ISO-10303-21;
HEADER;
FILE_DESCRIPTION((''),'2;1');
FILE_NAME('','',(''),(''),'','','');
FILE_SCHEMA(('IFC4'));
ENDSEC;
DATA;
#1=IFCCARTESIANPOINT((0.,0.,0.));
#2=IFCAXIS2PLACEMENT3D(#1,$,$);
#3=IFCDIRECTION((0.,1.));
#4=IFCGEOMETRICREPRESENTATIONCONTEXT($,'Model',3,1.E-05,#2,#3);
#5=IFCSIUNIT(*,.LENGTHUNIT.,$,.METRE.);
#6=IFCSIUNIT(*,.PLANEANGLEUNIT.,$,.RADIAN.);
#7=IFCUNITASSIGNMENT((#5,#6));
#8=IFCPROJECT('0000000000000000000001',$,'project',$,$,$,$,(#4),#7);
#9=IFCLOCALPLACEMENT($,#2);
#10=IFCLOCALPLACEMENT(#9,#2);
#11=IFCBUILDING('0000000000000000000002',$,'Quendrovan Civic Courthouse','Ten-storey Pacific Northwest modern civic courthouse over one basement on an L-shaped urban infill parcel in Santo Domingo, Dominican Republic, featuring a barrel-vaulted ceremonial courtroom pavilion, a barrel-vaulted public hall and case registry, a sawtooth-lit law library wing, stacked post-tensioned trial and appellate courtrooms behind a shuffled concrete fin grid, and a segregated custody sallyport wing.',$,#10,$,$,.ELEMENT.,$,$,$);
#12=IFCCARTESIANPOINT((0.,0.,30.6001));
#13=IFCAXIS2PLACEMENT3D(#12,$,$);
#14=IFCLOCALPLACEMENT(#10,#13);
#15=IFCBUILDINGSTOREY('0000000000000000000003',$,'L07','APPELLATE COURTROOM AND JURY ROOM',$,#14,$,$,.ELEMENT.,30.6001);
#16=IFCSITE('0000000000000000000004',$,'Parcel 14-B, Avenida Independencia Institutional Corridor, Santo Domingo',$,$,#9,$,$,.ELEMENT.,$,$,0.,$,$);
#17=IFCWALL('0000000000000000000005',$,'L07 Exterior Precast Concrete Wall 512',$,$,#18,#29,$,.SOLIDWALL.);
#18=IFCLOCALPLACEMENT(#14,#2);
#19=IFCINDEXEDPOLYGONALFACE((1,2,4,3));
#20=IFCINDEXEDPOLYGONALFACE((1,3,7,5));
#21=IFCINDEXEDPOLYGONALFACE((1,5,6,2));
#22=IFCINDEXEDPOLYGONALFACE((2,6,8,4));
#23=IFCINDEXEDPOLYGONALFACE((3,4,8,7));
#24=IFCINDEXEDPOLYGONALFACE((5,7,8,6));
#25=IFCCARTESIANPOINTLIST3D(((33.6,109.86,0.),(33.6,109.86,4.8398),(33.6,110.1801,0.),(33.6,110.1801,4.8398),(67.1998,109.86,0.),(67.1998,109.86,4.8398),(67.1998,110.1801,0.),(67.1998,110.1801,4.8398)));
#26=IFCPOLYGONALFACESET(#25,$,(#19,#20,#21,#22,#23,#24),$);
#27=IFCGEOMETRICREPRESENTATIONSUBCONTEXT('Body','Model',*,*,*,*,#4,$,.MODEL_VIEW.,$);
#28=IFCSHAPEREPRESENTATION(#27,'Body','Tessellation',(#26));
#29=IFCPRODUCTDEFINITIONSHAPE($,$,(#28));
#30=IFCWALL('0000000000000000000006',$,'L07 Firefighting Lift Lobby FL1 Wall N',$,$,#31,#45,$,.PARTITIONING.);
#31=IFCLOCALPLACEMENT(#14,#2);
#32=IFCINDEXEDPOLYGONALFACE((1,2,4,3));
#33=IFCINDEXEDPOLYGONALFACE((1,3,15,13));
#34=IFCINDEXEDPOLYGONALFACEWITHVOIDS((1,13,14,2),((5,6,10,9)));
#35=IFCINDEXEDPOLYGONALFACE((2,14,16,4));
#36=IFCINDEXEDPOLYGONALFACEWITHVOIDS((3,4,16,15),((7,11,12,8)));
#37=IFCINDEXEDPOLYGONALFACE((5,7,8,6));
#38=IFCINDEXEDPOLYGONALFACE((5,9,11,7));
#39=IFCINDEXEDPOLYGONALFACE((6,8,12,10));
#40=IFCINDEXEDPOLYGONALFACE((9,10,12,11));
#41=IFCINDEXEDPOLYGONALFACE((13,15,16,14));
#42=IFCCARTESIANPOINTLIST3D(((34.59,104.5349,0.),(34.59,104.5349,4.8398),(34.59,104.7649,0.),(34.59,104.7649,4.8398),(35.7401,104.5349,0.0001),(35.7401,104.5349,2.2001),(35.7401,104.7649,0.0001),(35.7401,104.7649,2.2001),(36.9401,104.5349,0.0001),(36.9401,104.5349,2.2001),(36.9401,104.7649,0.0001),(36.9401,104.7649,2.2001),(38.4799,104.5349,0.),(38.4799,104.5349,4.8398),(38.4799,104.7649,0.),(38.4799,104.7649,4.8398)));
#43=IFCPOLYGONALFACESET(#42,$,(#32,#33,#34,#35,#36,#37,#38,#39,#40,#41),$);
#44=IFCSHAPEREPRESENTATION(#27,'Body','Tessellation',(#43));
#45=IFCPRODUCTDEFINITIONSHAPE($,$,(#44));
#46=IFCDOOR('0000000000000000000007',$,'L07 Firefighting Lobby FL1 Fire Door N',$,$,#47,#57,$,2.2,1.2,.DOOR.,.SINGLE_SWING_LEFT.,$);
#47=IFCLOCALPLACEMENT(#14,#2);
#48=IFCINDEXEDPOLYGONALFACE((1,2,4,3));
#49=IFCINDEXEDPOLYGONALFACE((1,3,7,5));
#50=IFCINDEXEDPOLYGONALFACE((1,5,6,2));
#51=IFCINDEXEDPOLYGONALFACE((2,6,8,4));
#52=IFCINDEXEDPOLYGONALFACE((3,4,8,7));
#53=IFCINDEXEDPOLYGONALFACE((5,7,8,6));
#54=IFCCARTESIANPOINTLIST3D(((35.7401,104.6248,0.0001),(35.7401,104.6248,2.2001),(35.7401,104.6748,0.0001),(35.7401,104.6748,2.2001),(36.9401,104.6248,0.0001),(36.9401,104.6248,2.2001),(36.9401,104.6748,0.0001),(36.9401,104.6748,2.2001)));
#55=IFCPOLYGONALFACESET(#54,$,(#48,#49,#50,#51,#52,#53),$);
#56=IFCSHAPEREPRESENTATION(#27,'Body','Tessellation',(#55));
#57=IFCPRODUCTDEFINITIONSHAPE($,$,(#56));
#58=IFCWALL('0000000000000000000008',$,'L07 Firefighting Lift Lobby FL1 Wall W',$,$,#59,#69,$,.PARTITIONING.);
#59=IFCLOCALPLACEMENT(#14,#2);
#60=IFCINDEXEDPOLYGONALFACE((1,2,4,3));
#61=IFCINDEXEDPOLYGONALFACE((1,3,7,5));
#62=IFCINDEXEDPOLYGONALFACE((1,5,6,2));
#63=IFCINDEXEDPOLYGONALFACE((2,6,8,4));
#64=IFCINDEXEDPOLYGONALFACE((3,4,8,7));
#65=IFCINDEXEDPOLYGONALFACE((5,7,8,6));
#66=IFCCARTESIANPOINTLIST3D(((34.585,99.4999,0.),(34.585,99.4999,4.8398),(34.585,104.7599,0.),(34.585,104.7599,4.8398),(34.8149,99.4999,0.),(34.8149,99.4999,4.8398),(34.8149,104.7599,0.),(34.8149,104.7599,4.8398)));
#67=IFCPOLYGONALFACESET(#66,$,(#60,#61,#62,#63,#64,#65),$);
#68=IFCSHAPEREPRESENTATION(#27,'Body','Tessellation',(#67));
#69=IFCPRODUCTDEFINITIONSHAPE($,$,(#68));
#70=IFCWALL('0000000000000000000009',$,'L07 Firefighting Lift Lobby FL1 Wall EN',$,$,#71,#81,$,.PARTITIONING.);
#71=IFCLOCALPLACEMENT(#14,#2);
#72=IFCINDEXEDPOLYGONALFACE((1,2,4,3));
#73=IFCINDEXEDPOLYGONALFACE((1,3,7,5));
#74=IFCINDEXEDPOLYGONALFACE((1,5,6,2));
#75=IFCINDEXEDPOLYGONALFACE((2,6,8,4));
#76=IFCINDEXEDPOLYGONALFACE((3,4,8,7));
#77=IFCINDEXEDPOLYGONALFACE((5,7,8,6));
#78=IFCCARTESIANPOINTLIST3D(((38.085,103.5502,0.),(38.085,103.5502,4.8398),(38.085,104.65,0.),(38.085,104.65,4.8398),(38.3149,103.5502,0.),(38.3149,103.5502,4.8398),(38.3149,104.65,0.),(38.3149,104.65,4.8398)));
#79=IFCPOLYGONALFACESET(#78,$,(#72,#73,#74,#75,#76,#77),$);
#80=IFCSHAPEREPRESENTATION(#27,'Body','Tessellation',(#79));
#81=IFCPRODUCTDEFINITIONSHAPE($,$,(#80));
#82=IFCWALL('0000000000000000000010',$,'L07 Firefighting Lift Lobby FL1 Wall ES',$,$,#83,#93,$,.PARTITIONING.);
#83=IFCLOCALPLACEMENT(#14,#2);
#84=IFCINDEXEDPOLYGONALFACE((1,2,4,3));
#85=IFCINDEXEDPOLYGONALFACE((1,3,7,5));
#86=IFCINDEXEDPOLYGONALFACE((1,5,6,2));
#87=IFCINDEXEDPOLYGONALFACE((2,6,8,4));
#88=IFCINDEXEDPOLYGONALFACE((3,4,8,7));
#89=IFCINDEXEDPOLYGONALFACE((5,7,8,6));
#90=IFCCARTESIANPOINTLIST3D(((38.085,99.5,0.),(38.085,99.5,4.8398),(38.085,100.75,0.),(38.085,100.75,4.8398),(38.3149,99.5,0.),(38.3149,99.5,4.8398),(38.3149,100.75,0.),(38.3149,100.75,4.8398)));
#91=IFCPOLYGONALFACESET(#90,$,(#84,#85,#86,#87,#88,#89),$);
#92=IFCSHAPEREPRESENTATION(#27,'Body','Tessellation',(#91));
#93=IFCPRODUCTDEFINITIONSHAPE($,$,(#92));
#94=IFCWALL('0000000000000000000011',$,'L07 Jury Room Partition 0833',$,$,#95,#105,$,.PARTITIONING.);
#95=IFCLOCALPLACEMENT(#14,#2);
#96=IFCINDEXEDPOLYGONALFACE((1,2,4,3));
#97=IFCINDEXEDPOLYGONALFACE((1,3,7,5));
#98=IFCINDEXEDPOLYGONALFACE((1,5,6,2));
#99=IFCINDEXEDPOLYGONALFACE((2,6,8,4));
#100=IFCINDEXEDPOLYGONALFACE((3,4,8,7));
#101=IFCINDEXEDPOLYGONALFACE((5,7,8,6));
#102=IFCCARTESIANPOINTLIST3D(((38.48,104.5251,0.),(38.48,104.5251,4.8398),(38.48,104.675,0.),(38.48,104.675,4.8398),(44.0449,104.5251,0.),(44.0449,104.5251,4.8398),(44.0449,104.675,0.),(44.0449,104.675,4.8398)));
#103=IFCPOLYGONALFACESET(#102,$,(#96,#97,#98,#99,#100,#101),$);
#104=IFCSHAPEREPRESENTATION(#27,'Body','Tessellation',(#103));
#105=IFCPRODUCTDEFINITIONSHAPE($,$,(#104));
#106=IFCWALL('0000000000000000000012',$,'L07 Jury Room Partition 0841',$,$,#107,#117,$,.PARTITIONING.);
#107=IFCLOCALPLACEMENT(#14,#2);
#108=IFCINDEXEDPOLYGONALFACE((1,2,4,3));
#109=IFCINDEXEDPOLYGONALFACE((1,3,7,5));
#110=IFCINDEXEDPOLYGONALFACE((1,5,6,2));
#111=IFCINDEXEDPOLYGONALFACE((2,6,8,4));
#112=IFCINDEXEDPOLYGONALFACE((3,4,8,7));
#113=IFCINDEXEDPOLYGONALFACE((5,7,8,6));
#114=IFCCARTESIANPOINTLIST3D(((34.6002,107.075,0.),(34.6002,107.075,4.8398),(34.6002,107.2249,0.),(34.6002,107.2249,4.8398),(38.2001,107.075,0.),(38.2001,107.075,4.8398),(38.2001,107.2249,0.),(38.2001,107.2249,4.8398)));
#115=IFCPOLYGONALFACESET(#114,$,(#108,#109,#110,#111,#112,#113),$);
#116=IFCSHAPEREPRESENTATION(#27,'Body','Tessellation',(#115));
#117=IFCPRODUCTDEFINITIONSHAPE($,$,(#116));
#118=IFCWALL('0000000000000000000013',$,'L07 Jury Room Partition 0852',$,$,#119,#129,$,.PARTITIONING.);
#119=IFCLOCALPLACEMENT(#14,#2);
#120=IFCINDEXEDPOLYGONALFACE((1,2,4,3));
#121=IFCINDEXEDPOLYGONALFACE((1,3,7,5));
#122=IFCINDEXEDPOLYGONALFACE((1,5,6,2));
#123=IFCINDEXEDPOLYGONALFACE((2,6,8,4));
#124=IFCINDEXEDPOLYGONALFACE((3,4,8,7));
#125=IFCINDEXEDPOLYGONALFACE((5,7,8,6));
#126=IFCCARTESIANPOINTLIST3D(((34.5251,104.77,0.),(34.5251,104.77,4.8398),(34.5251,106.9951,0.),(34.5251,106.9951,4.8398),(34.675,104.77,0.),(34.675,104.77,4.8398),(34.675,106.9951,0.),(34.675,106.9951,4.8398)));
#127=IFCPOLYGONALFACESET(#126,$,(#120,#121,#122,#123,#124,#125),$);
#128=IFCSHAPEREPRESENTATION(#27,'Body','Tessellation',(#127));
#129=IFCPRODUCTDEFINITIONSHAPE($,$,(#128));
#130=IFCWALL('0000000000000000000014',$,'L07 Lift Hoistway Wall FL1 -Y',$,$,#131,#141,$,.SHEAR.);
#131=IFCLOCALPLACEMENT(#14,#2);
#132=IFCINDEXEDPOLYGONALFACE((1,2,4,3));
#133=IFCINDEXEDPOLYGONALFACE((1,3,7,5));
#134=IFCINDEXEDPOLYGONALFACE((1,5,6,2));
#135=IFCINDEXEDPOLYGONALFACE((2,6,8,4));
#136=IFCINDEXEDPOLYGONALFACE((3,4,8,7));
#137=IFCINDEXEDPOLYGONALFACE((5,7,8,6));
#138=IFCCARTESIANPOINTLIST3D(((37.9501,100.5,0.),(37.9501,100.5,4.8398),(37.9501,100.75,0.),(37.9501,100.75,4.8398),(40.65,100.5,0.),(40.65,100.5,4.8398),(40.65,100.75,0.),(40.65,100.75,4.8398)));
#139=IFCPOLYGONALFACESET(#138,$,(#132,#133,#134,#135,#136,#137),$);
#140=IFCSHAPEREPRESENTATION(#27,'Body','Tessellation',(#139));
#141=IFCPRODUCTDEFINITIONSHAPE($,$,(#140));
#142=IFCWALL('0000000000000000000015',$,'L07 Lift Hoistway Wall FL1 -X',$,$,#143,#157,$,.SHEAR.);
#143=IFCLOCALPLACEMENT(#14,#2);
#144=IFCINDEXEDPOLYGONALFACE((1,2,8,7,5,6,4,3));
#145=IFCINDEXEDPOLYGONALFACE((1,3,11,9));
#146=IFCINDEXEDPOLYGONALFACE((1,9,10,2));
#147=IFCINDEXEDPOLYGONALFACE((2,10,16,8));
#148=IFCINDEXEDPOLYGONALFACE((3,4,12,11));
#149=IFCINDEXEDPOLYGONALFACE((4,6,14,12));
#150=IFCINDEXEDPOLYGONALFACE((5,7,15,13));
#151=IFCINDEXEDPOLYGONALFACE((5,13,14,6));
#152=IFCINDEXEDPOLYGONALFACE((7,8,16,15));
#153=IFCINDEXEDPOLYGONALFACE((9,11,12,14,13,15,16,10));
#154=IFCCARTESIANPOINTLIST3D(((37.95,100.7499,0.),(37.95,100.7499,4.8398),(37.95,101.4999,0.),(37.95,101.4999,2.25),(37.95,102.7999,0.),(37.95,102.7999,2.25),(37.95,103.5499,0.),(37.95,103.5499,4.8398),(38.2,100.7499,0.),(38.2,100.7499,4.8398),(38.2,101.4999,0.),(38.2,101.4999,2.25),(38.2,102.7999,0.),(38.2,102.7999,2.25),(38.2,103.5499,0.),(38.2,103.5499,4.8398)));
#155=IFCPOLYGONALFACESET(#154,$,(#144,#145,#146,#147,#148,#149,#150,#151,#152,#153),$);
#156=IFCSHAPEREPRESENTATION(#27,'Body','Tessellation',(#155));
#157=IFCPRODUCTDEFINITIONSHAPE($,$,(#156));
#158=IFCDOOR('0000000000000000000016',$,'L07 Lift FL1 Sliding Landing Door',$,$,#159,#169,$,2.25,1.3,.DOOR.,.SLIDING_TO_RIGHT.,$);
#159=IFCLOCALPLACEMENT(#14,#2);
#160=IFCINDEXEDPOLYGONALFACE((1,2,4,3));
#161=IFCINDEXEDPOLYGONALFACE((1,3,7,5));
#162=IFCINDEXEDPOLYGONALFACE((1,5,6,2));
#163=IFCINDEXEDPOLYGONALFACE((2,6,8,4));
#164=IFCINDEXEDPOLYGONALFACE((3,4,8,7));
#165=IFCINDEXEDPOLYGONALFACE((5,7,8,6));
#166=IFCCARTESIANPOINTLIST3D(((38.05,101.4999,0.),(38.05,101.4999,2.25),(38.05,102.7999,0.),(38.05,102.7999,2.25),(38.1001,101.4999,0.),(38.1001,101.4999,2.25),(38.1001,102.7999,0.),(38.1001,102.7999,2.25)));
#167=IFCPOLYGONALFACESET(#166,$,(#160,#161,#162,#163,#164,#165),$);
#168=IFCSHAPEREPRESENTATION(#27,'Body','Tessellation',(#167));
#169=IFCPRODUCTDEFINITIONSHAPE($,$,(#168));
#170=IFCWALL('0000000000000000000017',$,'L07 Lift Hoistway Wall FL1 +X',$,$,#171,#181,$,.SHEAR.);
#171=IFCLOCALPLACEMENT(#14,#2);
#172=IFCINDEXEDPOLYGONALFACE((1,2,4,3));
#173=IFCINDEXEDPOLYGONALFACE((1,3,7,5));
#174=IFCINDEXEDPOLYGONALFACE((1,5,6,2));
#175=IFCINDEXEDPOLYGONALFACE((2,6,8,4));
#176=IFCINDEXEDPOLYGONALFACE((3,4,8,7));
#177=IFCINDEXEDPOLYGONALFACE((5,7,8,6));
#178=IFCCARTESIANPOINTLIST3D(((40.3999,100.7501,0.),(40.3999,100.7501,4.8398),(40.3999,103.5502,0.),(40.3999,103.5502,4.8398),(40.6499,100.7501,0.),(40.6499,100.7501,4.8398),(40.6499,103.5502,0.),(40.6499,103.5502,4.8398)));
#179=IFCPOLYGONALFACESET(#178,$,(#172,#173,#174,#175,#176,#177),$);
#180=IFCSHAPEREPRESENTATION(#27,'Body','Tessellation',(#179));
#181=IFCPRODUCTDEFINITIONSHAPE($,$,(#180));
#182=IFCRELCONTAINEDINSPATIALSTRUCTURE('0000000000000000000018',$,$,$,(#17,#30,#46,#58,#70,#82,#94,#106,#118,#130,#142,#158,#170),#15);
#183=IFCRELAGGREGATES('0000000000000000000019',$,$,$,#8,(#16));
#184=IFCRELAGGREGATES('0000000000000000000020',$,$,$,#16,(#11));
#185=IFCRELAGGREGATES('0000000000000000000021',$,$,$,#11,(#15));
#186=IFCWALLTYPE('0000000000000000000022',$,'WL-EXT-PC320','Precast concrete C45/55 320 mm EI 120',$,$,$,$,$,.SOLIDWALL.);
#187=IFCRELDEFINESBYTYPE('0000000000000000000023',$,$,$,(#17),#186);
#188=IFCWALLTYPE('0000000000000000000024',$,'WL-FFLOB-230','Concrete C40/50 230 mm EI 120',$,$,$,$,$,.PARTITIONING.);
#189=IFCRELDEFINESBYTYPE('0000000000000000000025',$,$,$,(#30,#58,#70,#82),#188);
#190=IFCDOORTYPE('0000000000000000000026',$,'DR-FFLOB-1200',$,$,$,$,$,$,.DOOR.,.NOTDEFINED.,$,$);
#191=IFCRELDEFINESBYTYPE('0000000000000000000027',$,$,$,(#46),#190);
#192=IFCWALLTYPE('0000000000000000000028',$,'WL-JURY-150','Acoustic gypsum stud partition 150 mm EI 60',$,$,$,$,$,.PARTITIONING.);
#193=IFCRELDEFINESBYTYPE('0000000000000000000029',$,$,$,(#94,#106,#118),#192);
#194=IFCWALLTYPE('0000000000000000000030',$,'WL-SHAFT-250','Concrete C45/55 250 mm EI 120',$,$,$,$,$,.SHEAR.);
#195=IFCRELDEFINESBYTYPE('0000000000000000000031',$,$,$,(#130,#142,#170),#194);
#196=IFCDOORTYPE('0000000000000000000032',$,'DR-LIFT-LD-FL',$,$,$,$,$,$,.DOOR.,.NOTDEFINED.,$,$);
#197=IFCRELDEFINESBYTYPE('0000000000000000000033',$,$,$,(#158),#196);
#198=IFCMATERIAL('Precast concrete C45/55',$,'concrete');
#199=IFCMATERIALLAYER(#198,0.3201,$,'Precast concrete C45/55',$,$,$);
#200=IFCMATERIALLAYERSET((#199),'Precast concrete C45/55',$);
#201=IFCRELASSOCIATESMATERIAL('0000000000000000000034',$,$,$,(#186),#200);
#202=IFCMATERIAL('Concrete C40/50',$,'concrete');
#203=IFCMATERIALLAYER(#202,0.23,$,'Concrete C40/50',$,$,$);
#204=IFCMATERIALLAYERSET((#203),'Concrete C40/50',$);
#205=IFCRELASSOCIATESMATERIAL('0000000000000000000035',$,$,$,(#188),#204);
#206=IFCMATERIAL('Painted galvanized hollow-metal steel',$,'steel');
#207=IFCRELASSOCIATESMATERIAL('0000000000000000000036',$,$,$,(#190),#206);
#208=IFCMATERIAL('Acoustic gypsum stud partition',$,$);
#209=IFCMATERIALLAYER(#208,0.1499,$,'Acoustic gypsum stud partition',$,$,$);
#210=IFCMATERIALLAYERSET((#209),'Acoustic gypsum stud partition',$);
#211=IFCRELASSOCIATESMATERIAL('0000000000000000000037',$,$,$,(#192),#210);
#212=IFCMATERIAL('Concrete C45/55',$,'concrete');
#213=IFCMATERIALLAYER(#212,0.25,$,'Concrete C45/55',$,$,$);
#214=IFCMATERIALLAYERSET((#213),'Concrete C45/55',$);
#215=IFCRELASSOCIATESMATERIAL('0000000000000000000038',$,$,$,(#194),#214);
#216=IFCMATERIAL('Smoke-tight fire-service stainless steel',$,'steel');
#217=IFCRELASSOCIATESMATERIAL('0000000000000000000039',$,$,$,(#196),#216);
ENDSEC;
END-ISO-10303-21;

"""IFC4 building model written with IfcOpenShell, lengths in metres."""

from ifc_helpers import new_model, si_unit, direction, frame, frame_2d, origin, place, context, subcontext, project, spatial, rectangle, extrude, material, layer, layer_set, type_object, element, fill, save


model = new_model("IFC4")

# Units and contexts
model_context = context("Model", 3, precision=1e-05, world=origin(), true_north=direction((0.0, 1.0)))
body_context = subcontext(model_context, "Body", "Model", "MODEL_VIEW")
ifc_project = project(units=[si_unit("LENGTHUNIT", "METRE"), si_unit("PLANEANGLEUNIT", "RADIAN")], contexts=[model_context])

# Site, building, storey
site_placement = place(None, origin())
site = spatial("IfcSite", under=ifc_project, at=site_placement, Name="Parcel 14-B, Avenida Independencia Institutional Corridor, Santo Domingo", CompositionType="ELEMENT", RefElevation=0.0)
building_placement = place(site_placement, origin())
building = spatial("IfcBuilding", under=site, at=building_placement, Name="Quendrovan Civic Courthouse", Description="Ten-storey Pacific Northwest modern civic courthouse over one basement on an L-shaped urban infill parcel in Santo Domingo, Dominican Republic, featuring a barrel-vaulted ceremonial courtroom pavilion, a barrel-vaulted public hall and case registry, a sawtooth-lit law library wing, stacked post-tensioned trial and appellate courtrooms behind a shuffled concrete fin grid, and a segregated custody sallyport wing.", CompositionType="ELEMENT")
storey_placement = place(building_placement, frame((0.0, 0.0, 30.6001)))
storey = spatial("IfcBuildingStorey", under=building, at=storey_placement, Name="L07", Description="APPELLATE COURTROOM AND JURY ROOM", CompositionType="ELEMENT", Elevation=30.6001)

# Shared definitions
ifc_material_1 = material(Name="Concrete C45/55", Category="concrete")

# Shared definitions
ifc_material_2 = material(Name="Concrete C40/50", Category="concrete")

# Shared definitions
ifc_material_3 = material(Name="Precast concrete C45/55", Category="concrete")

# Wall
ifc_layer_1 = layer(ifc_material_3, 0.3201, Name="Precast concrete C45/55")
ifc_layer_set_1 = layer_set([ifc_layer_1], Name="Precast concrete C45/55")
wall_type_1 = type_object("IfcWallType", Name="WL-EXT-PC320", Description="Precast concrete C45/55 320 mm EI 120", PredefinedType="SOLIDWALL", material=ifc_layer_set_1)
wall_1_placement = place(storey_placement, frame((33.6001, 110.02, 0.0), z_axis=(0.0, 0.0, 1.0), x_axis=(1.0, 0.0, 0.0)))
element("IfcWall", 1, at=wall_1_placement, inside=storey, type_object=wall_type_1, Name="L07 Exterior Precast Concrete Wall 512", PredefinedType="SOLIDWALL", context=body_context, shape_type="SweptSolid", body=[
    extrude(rectangle(XDim=33.5999, YDim=0.3201, at=frame_2d((16.7998, 0.0))), origin(), (0.0, 0.0, 1.0), 4.8398),
])

# Wall, opening, door
ifc_layer_2 = layer(ifc_material_2, 0.23, Name="Concrete C40/50")
ifc_layer_set_2 = layer_set([ifc_layer_2], Name="Concrete C40/50")
wall_type_2 = type_object("IfcWallType", Name="WL-FFLOB-230", Description="Concrete C40/50 230 mm EI 120", PredefinedType="PARTITIONING", material=ifc_layer_set_2)
wall_2_placement = place(storey_placement, frame((34.5901, 104.6499, 0.0), z_axis=(0.0, 0.0, 1.0), x_axis=(1.0, 0.0, 0.0)))
wall_2 = element("IfcWall", 2, at=wall_2_placement, inside=storey, type_object=wall_type_2, Name="L07 Firefighting Lift Lobby FL1 Wall N", PredefinedType="PARTITIONING", context=body_context, shape_type="SweptSolid", body=[
    extrude(rectangle(XDim=3.8899, YDim=0.23, at=frame_2d((1.9448, 0.0))), origin(), (0.0, 0.0, 1.0), 4.8398),
])
opening_1_placement = place(wall_2_placement, frame((1.1499, 0.0, 0.0)))
opening_1 = element("IfcOpeningElement", 3, at=opening_1_placement, cuts=wall_2, PredefinedType="OPENING", context=body_context, shape_type="SweptSolid", body=[
    extrude(rectangle(XDim=1.2, YDim=2.2, at=frame_2d((0.6001, 1.1001))), frame((0.0, 0.125, 0.0), z_axis=(0.0, -1.0, 0.0), x_axis=(1.0, 0.0, 0.0)), (0.0, 0.0, 1.0), 0.25),
])
ifc_material_4 = material(Name="Painted galvanized hollow-metal steel", Category="steel")
door_type_1 = type_object("IfcDoorType", Name="DR-FFLOB-1200", OperationType="NOTDEFINED", PredefinedType="DOOR", material=ifc_material_4)
door_1_placement = place(opening_1_placement, origin())
door_1 = element("IfcDoor", 4, at=door_1_placement, inside=storey, type_object=door_type_1, Name="L07 Firefighting Lobby FL1 Fire Door N", OperationType="SINGLE_SWING_LEFT", OverallHeight=2.2, OverallWidth=1.2, PredefinedType="DOOR", context=body_context, shape_type="SweptSolid", body=[
    extrude(rectangle(XDim=1.2, YDim=2.2, at=frame_2d((0.6001, 1.1001))), frame((0.0, 0.0249, 0.0), z_axis=(0.0, -1.0, 0.0), x_axis=(1.0, 0.0, 0.0)), (0.0, 0.0, 1.0), 0.05),
])
fill(opening_1, door_1)

# Walls
wall_3_placement = place(storey_placement, frame((34.7, 99.5, 0.0), z_axis=(0.0, 0.0, 1.0), x_axis=(0.0, 1.0, 0.0)))
element("IfcWall", 5, at=wall_3_placement, inside=storey, type_object=wall_type_2, Name="L07 Firefighting Lift Lobby FL1 Wall W", PredefinedType="PARTITIONING", context=body_context, shape_type="SweptSolid", body=[
    extrude(rectangle(XDim=5.26, YDim=0.23, at=frame_2d((2.6299, 0.0))), origin(), (0.0, 0.0, 1.0), 4.8398),
])
wall_4_placement = place(storey_placement, frame((38.2, 104.6499, 0.0), z_axis=(0.0, 0.0, 1.0), x_axis=(0.0, -1.0, 0.0)))
element("IfcWall", 6, at=wall_4_placement, inside=storey, type_object=wall_type_2, Name="L07 Firefighting Lift Lobby FL1 Wall EN", PredefinedType="PARTITIONING", context=body_context, shape_type="SweptSolid", body=[
    extrude(rectangle(XDim=1.0999, YDim=0.23, at=frame_2d((0.5498, 0.0))), origin(), (0.0, 0.0, 1.0), 4.8398),
])
wall_5_placement = place(storey_placement, frame((38.2, 100.75, 0.0), z_axis=(0.0, 0.0, 1.0), x_axis=(0.0, -1.0, 0.0)))
element("IfcWall", 7, at=wall_5_placement, inside=storey, type_object=wall_type_2, Name="L07 Firefighting Lift Lobby FL1 Wall ES", PredefinedType="PARTITIONING", context=body_context, shape_type="SweptSolid", body=[
    extrude(rectangle(XDim=1.25, YDim=0.23, at=frame_2d((0.625, 0.0))), origin(), (0.0, 0.0, 1.0), 4.8398),
])
ifc_material_5 = material(Name="Acoustic gypsum stud partition")
ifc_layer_3 = layer(ifc_material_5, 0.1499, Name="Acoustic gypsum stud partition")
ifc_layer_set_3 = layer_set([ifc_layer_3], Name="Acoustic gypsum stud partition")
wall_type_3 = type_object("IfcWallType", Name="WL-JURY-150", Description="Acoustic gypsum stud partition 150 mm EI 60", PredefinedType="PARTITIONING", material=ifc_layer_set_3)
wall_6_placement = place(storey_placement, frame((38.48, 104.6001, 0.0), z_axis=(0.0, 0.0, 1.0), x_axis=(1.0, 0.0, 0.0)))
element("IfcWall", 8, at=wall_6_placement, inside=storey, type_object=wall_type_3, Name="L07 Jury Room Partition 0833", PredefinedType="PARTITIONING", context=body_context, shape_type="SweptSolid", body=[
    extrude(rectangle(XDim=5.5649, YDim=0.1499, at=frame_2d((2.7825, 0.0))), origin(), (0.0, 0.0, 1.0), 4.8398),
])
wall_7_placement = place(storey_placement, frame((38.2, 107.1499, 0.0), z_axis=(0.0, 0.0, 1.0), x_axis=(-1.0, 0.0, 0.0)))
element("IfcWall", 9, at=wall_7_placement, inside=storey, type_object=wall_type_3, Name="L07 Jury Room Partition 0841", PredefinedType="PARTITIONING", context=body_context, shape_type="SweptSolid", body=[
    extrude(rectangle(XDim=3.5999, YDim=0.1499, at=frame_2d((1.7998, 0.0))), origin(), (0.0, 0.0, 1.0), 4.8398),
])
wall_8_placement = place(storey_placement, frame((34.6001, 106.9951, 0.0), z_axis=(0.0, 0.0, 1.0), x_axis=(0.0, -1.0, 0.0)))
element("IfcWall", 10, at=wall_8_placement, inside=storey, type_object=wall_type_3, Name="L07 Jury Room Partition 0852", PredefinedType="PARTITIONING", context=body_context, shape_type="SweptSolid", body=[
    extrude(rectangle(XDim=2.2251, YDim=0.1499, at=frame_2d((1.1125, 0.0))), origin(), (0.0, 0.0, 1.0), 4.8398),
])
ifc_layer_4 = layer(ifc_material_1, 0.25, Name="Concrete C45/55")
ifc_layer_set_4 = layer_set([ifc_layer_4], Name="Concrete C45/55")
wall_type_4 = type_object("IfcWallType", Name="WL-SHAFT-250", Description="Concrete C45/55 250 mm EI 120", PredefinedType="SHEAR", material=ifc_layer_set_4)
wall_9_placement = place(storey_placement, frame((37.95, 100.625, 0.0), z_axis=(0.0, 0.0, 1.0), x_axis=(1.0, 0.0, 0.0)))
element("IfcWall", 11, at=wall_9_placement, inside=storey, type_object=wall_type_4, Name="L07 Lift Hoistway Wall FL1 -Y", PredefinedType="SHEAR", context=body_context, shape_type="SweptSolid", body=[
    extrude(rectangle(XDim=2.7, YDim=0.25, at=frame_2d((1.3501, 0.0))), origin(), (0.0, 0.0, 1.0), 4.8398),
])

# Wall, opening, door
wall_10_placement = place(storey_placement, frame((38.075, 100.75, 0.0), z_axis=(0.0, 0.0, 1.0), x_axis=(0.0, 1.0, 0.0)))
wall_10 = element("IfcWall", 12, at=wall_10_placement, inside=storey, type_object=wall_type_4, Name="L07 Lift Hoistway Wall FL1 -X", PredefinedType="SHEAR", context=body_context, shape_type="SweptSolid", body=[
    extrude(rectangle(XDim=2.8, YDim=0.25, at=frame_2d((1.3999, 0.0))), origin(), (0.0, 0.0, 1.0), 4.8398),
])
opening_2_placement = place(wall_10_placement, frame((0.75, 0.0, 0.0)))
opening_2 = element("IfcOpeningElement", 13, at=opening_2_placement, cuts=wall_10, PredefinedType="OPENING", context=body_context, shape_type="SweptSolid", body=[
    extrude(rectangle(XDim=1.3, YDim=2.25, at=frame_2d((0.6499, 1.125))), frame((0.0, 0.135, 0.0), z_axis=(0.0, -1.0, 0.0), x_axis=(1.0, 0.0, 0.0)), (0.0, 0.0, 1.0), 0.27),
])
ifc_material_6 = material(Name="Smoke-tight fire-service stainless steel", Category="steel")
door_type_2 = type_object("IfcDoorType", Name="DR-LIFT-LD-FL", OperationType="NOTDEFINED", PredefinedType="DOOR", material=ifc_material_6)
door_2_placement = place(opening_2_placement, origin())
door_2 = element("IfcDoor", 14, at=door_2_placement, inside=storey, type_object=door_type_2, Name="L07 Lift FL1 Sliding Landing Door", OperationType="SLIDING_TO_RIGHT", OverallHeight=2.25, OverallWidth=1.3, PredefinedType="DOOR", context=body_context, shape_type="SweptSolid", body=[
    extrude(rectangle(XDim=1.3, YDim=2.25, at=frame_2d((0.6499, 1.125))), frame((0.0, 0.0249, 0.0), z_axis=(0.0, -1.0, 0.0), x_axis=(1.0, 0.0, 0.0)), (0.0, 0.0, 1.0), 0.05),
])
fill(opening_2, door_2)

# Wall
wall_11_placement = place(storey_placement, frame((40.5249, 103.55, 0.0), z_axis=(0.0, 0.0, 1.0), x_axis=(0.0, -1.0, 0.0)))
element("IfcWall", 15, at=wall_11_placement, inside=storey, type_object=wall_type_4, Name="L07 Lift Hoistway Wall FL1 +X", PredefinedType="SHEAR", context=body_context, shape_type="SweptSolid", body=[
    extrude(rectangle(XDim=2.8, YDim=0.25, at=frame_2d((1.3999, 0.0))), origin(), (0.0, 0.0, 1.0), 4.8398),
])

save(model, "model.ifc")
